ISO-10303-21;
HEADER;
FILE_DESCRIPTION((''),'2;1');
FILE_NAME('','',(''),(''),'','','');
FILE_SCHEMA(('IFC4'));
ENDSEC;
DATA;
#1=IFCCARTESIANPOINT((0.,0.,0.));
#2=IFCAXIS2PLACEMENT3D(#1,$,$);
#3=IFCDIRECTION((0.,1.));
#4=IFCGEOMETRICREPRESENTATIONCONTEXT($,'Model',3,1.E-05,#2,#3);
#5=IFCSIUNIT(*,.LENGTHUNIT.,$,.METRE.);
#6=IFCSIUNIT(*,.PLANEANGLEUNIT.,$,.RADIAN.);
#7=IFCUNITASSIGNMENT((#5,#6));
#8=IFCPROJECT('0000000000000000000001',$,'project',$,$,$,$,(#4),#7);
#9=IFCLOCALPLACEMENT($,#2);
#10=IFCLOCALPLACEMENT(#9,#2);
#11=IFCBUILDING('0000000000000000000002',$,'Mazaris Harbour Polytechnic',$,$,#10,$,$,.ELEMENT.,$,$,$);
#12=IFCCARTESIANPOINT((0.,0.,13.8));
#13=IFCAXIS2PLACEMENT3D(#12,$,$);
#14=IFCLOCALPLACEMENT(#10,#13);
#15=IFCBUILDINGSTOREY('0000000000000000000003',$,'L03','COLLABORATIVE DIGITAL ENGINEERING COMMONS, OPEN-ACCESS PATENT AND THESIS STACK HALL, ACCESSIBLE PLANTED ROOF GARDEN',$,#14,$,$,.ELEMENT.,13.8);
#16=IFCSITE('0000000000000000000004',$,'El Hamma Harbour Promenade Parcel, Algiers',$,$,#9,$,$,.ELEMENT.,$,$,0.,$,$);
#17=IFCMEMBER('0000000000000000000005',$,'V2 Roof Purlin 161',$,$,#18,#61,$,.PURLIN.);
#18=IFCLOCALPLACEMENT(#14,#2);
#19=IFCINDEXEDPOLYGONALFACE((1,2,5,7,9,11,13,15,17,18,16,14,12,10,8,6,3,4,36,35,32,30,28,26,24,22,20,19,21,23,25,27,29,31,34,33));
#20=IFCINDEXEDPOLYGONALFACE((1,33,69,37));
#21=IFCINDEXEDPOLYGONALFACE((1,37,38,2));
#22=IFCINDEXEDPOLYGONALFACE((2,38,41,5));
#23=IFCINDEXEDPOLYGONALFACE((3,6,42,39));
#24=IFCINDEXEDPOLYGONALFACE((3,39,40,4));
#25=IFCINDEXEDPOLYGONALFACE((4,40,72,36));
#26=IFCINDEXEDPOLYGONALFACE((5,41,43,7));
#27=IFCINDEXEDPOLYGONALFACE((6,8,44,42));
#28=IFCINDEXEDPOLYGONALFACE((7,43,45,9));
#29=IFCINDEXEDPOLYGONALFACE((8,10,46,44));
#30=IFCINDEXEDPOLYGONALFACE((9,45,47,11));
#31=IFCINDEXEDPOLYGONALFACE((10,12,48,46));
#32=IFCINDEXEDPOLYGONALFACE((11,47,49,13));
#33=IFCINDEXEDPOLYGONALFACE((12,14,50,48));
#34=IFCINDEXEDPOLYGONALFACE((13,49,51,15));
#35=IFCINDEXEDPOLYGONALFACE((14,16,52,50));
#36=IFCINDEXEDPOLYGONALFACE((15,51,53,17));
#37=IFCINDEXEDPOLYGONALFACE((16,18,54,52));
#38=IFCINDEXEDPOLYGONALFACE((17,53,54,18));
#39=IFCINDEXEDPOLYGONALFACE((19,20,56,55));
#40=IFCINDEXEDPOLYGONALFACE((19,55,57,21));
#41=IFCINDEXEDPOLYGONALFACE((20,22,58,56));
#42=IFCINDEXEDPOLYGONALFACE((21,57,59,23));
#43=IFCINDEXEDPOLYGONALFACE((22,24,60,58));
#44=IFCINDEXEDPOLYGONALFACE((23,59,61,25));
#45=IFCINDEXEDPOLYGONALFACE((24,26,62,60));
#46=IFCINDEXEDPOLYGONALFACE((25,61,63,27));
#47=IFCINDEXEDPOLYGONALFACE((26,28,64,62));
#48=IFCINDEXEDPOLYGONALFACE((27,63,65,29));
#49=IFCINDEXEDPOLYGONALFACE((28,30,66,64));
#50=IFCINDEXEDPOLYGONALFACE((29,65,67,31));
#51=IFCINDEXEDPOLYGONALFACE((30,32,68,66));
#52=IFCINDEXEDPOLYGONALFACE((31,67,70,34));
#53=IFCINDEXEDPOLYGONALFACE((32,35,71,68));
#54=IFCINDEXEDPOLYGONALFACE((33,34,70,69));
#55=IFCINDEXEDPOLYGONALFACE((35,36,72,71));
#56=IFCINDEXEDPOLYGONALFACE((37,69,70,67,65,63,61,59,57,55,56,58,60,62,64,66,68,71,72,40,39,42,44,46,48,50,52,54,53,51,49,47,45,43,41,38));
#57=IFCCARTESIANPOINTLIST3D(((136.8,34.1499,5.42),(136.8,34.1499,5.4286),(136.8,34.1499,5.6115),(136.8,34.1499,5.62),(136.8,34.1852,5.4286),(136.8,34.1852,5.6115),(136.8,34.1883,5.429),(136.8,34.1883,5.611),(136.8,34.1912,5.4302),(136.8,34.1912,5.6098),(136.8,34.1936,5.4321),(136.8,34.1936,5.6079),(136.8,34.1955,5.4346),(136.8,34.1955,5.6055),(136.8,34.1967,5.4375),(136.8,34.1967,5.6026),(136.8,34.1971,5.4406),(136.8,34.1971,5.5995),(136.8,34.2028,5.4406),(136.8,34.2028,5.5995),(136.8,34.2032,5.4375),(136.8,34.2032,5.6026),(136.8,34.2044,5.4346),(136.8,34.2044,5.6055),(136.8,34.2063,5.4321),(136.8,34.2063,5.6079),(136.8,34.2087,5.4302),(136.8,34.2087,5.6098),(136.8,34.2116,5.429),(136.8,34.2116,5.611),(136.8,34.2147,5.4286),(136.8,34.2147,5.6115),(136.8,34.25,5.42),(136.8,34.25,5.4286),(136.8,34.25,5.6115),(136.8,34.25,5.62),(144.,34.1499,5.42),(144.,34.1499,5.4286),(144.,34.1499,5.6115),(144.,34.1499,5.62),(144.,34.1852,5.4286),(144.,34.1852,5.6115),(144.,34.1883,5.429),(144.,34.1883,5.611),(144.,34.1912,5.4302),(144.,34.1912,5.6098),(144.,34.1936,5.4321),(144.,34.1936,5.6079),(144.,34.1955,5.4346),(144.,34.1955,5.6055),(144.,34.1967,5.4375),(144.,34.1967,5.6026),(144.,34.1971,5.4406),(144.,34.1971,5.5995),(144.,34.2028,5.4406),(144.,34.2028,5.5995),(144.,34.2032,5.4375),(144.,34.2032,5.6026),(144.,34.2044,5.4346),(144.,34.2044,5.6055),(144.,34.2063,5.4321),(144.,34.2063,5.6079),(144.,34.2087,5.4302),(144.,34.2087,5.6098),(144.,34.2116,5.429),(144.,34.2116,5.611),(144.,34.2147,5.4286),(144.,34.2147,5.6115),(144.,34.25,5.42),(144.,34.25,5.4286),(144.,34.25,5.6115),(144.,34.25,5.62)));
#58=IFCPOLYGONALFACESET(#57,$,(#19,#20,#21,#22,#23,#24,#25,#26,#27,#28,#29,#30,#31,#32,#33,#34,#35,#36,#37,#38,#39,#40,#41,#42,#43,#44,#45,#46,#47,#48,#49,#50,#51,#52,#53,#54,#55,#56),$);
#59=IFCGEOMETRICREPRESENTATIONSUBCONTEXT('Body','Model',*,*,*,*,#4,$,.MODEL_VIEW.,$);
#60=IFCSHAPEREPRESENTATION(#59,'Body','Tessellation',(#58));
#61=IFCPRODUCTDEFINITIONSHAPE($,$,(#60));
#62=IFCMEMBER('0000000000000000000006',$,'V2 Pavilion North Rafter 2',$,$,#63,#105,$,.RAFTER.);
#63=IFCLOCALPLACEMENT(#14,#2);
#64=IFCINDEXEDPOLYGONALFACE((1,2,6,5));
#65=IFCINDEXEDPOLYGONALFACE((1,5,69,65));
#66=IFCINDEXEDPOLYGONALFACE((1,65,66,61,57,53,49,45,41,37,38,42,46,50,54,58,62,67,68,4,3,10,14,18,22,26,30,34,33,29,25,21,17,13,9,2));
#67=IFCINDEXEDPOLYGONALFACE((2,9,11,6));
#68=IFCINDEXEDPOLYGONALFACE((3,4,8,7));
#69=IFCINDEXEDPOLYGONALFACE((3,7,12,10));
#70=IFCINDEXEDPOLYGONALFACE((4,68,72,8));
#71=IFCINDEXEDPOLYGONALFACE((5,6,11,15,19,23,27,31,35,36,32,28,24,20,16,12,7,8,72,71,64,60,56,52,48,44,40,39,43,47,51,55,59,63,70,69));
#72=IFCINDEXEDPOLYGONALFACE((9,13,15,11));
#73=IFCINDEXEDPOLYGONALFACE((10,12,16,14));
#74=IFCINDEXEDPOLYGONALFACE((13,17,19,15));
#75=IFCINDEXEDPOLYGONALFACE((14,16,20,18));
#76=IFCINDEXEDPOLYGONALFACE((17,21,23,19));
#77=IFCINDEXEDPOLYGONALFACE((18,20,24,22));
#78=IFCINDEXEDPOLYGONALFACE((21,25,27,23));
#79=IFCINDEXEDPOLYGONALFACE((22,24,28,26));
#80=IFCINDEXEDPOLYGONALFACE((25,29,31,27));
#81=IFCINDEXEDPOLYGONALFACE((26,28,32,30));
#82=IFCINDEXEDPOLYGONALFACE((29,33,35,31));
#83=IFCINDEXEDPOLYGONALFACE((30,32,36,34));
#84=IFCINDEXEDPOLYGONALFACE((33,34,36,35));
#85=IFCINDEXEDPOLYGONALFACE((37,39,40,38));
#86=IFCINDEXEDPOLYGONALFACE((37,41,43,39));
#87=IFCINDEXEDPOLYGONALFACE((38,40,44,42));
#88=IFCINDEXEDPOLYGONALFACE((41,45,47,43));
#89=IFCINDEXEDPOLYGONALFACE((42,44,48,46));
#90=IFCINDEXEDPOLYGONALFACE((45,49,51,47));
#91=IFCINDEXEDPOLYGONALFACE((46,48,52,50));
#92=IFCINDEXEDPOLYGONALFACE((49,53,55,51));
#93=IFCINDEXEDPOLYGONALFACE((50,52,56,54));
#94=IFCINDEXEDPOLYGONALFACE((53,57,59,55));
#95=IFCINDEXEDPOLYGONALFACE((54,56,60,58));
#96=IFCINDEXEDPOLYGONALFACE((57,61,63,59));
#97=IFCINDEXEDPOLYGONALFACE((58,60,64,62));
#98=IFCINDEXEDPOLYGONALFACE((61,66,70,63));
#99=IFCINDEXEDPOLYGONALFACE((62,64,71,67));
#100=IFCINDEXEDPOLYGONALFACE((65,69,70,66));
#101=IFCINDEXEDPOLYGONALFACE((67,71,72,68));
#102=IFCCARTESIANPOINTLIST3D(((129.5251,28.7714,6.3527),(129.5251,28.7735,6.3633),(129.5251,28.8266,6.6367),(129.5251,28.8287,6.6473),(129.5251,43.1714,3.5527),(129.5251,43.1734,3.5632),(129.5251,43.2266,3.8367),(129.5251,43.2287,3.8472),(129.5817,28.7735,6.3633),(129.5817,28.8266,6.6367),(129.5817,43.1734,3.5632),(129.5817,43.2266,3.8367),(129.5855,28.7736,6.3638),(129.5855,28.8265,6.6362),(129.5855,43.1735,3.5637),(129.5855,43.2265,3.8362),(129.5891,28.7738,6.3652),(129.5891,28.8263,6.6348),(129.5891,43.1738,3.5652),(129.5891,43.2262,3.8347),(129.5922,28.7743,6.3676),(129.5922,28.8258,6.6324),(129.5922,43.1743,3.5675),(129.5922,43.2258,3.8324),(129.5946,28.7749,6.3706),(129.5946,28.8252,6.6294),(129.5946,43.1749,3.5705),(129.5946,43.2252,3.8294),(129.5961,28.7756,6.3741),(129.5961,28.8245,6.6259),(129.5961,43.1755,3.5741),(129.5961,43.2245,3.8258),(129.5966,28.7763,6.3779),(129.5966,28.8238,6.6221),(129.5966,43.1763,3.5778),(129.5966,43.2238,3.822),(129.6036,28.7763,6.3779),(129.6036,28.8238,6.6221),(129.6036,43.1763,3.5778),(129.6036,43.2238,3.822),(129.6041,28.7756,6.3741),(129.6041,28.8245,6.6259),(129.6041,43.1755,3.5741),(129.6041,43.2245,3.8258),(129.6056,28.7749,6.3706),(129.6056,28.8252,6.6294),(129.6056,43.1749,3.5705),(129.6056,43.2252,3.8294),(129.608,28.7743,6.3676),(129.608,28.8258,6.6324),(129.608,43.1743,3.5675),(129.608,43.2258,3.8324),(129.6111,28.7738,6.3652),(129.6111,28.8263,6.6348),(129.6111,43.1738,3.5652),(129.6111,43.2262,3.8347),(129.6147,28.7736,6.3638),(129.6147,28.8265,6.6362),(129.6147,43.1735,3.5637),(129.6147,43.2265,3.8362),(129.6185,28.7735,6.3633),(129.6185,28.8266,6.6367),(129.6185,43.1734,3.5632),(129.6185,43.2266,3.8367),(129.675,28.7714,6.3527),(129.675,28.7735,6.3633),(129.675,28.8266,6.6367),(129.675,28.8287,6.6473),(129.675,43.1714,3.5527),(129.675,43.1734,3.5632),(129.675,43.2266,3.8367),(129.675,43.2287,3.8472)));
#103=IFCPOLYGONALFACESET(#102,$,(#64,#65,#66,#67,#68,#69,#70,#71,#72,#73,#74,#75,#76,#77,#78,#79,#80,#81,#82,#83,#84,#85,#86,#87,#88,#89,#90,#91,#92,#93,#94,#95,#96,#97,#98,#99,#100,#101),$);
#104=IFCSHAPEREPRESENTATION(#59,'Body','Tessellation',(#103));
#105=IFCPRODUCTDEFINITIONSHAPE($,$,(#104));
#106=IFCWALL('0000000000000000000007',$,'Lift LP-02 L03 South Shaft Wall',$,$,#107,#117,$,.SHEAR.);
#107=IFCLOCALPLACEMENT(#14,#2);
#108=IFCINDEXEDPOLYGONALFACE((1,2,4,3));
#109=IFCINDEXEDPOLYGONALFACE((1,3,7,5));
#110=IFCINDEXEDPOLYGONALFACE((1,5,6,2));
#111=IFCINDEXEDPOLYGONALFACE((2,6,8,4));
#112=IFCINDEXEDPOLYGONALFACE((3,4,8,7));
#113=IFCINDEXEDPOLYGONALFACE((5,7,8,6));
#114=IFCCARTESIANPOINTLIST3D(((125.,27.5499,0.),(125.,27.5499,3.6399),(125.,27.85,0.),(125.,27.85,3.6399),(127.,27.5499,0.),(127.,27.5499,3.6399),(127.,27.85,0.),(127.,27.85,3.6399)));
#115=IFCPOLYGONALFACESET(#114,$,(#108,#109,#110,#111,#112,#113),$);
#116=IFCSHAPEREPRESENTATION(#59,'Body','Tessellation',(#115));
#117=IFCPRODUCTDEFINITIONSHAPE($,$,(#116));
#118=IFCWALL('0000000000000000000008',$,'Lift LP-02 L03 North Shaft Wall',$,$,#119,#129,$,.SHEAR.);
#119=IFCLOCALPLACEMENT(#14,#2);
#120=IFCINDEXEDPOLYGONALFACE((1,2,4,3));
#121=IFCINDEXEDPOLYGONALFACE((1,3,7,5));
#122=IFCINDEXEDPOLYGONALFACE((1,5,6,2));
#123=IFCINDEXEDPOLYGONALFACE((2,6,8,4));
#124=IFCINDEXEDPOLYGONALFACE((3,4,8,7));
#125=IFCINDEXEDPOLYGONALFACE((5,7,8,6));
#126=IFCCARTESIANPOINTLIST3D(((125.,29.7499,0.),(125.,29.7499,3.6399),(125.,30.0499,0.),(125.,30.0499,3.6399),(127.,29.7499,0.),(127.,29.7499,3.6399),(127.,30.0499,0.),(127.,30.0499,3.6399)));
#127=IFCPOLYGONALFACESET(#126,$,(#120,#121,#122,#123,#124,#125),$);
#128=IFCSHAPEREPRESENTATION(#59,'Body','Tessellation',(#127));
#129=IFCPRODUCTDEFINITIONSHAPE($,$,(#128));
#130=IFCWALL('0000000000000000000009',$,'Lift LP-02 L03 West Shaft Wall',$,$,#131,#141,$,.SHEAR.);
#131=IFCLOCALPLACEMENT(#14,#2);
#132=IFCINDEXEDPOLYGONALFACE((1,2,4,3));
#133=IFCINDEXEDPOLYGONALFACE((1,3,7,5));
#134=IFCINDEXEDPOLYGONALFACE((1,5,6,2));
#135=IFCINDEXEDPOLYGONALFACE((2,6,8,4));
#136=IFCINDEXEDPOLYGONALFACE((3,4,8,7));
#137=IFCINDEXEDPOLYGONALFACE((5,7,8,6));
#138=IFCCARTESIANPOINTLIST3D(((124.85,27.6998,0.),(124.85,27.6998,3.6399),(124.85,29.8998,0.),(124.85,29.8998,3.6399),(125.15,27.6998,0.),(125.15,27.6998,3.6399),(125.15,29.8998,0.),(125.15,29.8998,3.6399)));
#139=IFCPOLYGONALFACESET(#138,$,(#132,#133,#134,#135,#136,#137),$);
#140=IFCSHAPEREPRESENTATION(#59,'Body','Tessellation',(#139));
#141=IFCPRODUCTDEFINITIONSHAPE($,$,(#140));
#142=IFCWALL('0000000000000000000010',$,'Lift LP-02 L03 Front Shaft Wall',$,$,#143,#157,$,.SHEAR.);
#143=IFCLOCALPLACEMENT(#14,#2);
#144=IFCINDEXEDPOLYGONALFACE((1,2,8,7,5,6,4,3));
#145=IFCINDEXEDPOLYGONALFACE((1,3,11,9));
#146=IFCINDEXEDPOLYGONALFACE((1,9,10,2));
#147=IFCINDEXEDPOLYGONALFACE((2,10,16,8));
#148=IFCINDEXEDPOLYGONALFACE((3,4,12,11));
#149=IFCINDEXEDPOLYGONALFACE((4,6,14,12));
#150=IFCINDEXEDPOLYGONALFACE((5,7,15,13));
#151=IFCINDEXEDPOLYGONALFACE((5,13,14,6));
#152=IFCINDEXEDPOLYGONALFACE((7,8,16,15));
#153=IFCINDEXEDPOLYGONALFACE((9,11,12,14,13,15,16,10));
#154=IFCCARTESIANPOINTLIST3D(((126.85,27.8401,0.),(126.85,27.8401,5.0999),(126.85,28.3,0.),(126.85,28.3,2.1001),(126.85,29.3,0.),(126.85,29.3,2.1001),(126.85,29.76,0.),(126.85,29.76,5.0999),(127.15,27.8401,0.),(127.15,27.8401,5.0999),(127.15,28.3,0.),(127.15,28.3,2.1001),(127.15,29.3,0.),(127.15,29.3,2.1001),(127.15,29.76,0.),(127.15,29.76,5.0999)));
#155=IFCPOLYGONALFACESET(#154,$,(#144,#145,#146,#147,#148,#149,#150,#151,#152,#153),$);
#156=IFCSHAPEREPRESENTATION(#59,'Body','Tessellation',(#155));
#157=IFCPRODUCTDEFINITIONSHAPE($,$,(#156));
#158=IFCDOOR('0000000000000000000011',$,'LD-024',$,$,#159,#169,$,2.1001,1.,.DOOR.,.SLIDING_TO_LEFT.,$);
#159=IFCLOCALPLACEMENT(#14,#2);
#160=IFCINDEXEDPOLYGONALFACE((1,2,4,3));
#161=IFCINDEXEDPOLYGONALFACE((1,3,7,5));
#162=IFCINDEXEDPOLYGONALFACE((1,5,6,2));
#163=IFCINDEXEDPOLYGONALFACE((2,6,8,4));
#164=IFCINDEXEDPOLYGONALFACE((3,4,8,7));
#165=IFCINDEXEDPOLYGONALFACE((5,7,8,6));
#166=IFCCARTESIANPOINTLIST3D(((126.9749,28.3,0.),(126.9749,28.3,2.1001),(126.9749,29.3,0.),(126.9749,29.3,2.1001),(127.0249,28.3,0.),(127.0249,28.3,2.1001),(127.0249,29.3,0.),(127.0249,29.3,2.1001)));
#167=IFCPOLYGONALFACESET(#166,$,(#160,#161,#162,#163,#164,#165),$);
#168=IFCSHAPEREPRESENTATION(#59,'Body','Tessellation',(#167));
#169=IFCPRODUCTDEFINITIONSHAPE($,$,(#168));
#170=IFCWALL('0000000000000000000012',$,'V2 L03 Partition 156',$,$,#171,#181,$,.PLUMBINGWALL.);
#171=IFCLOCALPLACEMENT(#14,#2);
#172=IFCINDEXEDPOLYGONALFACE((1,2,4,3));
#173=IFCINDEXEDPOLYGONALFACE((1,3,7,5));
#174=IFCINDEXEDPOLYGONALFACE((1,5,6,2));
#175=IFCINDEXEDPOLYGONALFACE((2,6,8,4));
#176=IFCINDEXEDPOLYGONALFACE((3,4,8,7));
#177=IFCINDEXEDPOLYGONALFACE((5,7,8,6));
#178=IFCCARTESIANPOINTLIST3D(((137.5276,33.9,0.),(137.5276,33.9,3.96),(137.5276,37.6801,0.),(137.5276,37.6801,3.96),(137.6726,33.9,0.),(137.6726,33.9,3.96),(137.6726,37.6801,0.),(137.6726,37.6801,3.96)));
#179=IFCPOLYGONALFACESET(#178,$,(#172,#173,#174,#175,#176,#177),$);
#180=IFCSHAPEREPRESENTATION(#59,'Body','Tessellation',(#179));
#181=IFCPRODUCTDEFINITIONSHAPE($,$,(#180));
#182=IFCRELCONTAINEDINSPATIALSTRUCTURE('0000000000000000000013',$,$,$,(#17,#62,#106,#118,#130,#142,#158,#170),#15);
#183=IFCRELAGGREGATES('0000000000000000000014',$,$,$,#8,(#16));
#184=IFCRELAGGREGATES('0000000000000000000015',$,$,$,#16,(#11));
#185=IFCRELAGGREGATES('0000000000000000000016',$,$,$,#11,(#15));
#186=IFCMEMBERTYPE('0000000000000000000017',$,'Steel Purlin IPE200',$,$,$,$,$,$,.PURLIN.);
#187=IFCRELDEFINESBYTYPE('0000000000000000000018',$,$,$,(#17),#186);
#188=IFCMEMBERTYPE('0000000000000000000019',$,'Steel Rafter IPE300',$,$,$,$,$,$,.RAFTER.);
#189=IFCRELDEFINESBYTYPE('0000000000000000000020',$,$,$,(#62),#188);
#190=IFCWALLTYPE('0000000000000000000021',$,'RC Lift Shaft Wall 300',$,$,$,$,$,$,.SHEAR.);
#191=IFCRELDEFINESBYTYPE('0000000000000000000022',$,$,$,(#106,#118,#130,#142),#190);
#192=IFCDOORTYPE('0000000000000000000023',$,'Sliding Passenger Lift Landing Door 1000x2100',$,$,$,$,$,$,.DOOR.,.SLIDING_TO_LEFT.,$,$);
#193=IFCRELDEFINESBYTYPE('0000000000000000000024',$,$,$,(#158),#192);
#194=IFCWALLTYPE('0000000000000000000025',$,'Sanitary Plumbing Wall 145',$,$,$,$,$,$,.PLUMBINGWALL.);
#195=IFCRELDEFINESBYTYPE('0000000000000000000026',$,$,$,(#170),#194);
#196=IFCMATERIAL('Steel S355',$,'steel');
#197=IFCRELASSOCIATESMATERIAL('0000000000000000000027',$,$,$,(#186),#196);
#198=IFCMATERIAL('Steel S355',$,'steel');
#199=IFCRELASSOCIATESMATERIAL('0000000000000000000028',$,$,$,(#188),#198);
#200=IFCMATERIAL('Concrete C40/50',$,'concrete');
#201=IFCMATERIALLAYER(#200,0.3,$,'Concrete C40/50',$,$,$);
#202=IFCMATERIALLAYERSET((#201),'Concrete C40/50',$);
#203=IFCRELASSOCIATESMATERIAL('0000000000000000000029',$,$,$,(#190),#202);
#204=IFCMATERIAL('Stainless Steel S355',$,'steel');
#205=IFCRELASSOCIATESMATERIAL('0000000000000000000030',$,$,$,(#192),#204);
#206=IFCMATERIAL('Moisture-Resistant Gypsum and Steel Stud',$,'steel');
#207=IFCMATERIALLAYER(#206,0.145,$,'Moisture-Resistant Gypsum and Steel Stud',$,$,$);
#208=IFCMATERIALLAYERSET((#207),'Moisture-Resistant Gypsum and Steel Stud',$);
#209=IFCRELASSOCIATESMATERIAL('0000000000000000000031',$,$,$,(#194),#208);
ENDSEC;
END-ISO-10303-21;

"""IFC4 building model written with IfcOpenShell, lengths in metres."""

from ifc_helpers import new_model, si_unit, direction, frame, frame_2d, origin, origin_2d, place, context, subcontext, project, spatial, rectangle, i_section, extrude, material, layer, layer_set, material_profile, profile_set, type_object, element, fill, save


model = new_model("IFC4")

# Units and contexts
model_context = context("Model", 3, precision=1e-05, world=origin(), true_north=direction((0.0, 1.0)))
body_context = subcontext(model_context, "Body", "Model", "MODEL_VIEW")
ifc_project = project(units=[si_unit("LENGTHUNIT", "METRE"), si_unit("PLANEANGLEUNIT", "RADIAN")], contexts=[model_context])

# Site, building, storey
site_placement = place(None, origin())
site = spatial("IfcSite", under=ifc_project, at=site_placement, Name="El Hamma Harbour Promenade Parcel, Algiers", CompositionType="ELEMENT", RefElevation=0.0)
building_placement = place(site_placement, origin())
building = spatial("IfcBuilding", under=site, at=building_placement, Name="Mazaris Harbour Polytechnic", CompositionType="ELEMENT")
storey_placement = place(building_placement, frame((0.0, 0.0, 13.8)))
storey = spatial("IfcBuildingStorey", under=building, at=storey_placement, Name="L03", Description="COLLABORATIVE DIGITAL ENGINEERING COMMONS, OPEN-ACCESS PATENT AND THESIS STACK HALL, ACCESSIBLE PLANTED ROOF GARDEN", CompositionType="ELEMENT", Elevation=13.8)

# Members
ifc_material_1 = material(Name="Steel S355", Category="steel")
ifc_material_profile_1 = material_profile(ifc_material_1, i_section(OverallWidth=0.1001, OverallDepth=0.2, WebThickness=0.0056, FlangeThickness=0.0085, FilletRadius=0.012, at=origin_2d()), Name="IPE 200")
ifc_profile_set_1 = profile_set([ifc_material_profile_1], Name="Steel S355")
member_type_1 = type_object("IfcMemberType", Name="Steel Purlin IPE200", PredefinedType="PURLIN", material=ifc_profile_set_1)
for number, where, z_axis, x_axis, name in (
    (1, (136.8, 34.2, 5.52), (1.0, 0.0, 0.0), (0.0, 1.0, 0.0), "V2 Roof Purlin 161"),
):
    element("IfcMember", number, at=place(storey_placement, frame(where, z_axis=z_axis, x_axis=x_axis)), inside=storey, type_object=member_type_1, Name=name, PredefinedType="PURLIN", context=body_context, shape_type="SweptSolid", body=[
        extrude(i_section(OverallWidth=0.1001, OverallDepth=0.2, WebThickness=0.0056, FlangeThickness=0.0085, FilletRadius=0.012, at=origin_2d()), origin(), (0.0, 0.0, 1.0), 7.2),
    ])
ifc_material_2 = material(Name="Steel S355", Category="steel")
ifc_material_profile_2 = material_profile(ifc_material_2, i_section(OverallWidth=0.1499, OverallDepth=0.3, WebThickness=0.0071, FlangeThickness=0.0107, FilletRadius=0.0149, at=origin_2d()), Name="IPE 300")
ifc_profile_set_2 = profile_set([ifc_material_profile_2], Name="Steel S355")
member_type_2 = type_object("IfcMemberType", Name="Steel Rafter IPE300", PredefinedType="RAFTER", material=ifc_profile_set_2)
member_1_placement = place(storey_placement, frame((129.6001, 28.8, 6.5), z_axis=(0.0, 0.981615, -0.190874), x_axis=(-1.0, 0.0, 0.0)))
element("IfcMember", 2, at=member_1_placement, inside=storey, type_object=member_type_2, Name="V2 Pavilion North Rafter 2", PredefinedType="RAFTER", context=body_context, shape_type="SweptSolid", body=[
    extrude(i_section(OverallWidth=0.1499, OverallDepth=0.3, WebThickness=0.0071, FlangeThickness=0.0107, FilletRadius=0.0149, at=origin_2d()), origin(), (0.0, 0.0, 1.0), 14.6697),
])

# Walls
ifc_material_3 = material(Name="Concrete C40/50", Category="concrete")
ifc_layer_1 = layer(ifc_material_3, 0.3, Name="Concrete C40/50")
ifc_layer_set_1 = layer_set([ifc_layer_1], Name="Concrete C40/50")
wall_type_1 = type_object("IfcWallType", Name="RC Lift Shaft Wall 300", PredefinedType="SHEAR", material=ifc_layer_set_1)
for number, where, z_axis, x_axis, name in (
    (3, (125.0, 27.7, 0.0), (0.0, 0.0, 1.0), (1.0, 0.0, 0.0), "Lift LP-02 L03 South Shaft Wall"),
    (4, (127.0, 29.8999, 0.0), (0.0, 0.0, 1.0), (-1.0, 0.0, 0.0), "Lift LP-02 L03 North Shaft Wall"),
):
    element("IfcWall", number, at=place(storey_placement, frame(where, z_axis=z_axis, x_axis=x_axis)), inside=storey, type_object=wall_type_1, Name=name, PredefinedType="SHEAR", context=body_context, shape_type="SweptSolid", body=[
        extrude(rectangle(XDim=2.0, YDim=0.3, at=frame_2d((1.0, 0.0))), origin(), (0.0, 0.0, 1.0), 3.6399),
    ])
wall_1_placement = place(storey_placement, frame((125.0, 29.8999, 0.0), z_axis=(0.0, 0.0, 1.0), x_axis=(0.0, -1.0, 0.0)))
element("IfcWall", 5, at=wall_1_placement, inside=storey, type_object=wall_type_1, Name="Lift LP-02 L03 West Shaft Wall", PredefinedType="SHEAR", context=body_context, shape_type="SweptSolid", body=[
    extrude(rectangle(XDim=2.2, YDim=0.3, at=frame_2d((1.1001, 0.0))), origin(), (0.0, 0.0, 1.0), 3.6399),
])

# Wall, opening, door
wall_2_placement = place(storey_placement, frame((127.0, 29.76, 0.0), z_axis=(0.0, 0.0, 1.0), x_axis=(0.0, -1.0, 0.0)))
wall_2 = element("IfcWall", 6, at=wall_2_placement, inside=storey, type_object=wall_type_1, Name="Lift LP-02 L03 Front Shaft Wall", PredefinedType="SHEAR", context=body_context, shape_type="SweptSolid", body=[
    extrude(rectangle(XDim=1.9199, YDim=0.3, at=frame_2d((0.96, 0.0))), origin(), (0.0, 0.0, 1.0), 5.0999),
])
opening_placement = place(wall_2_placement, frame((0.46, 0.0, 0.0)))
opening = element("IfcOpeningElement", 7, at=opening_placement, cuts=wall_2, PredefinedType="OPENING", context=body_context, shape_type="SweptSolid", body=[
    extrude(rectangle(XDim=1.0, YDim=2.1001, at=frame_2d((0.5, 1.05))), frame((0.0, 0.1599, 0.0), z_axis=(0.0, -1.0, 0.0), x_axis=(1.0, 0.0, 0.0)), (0.0, 0.0, 1.0), 0.3201),
])
ifc_material_4 = material(Name="Stainless Steel S355", Category="steel")
door_type = type_object("IfcDoorType", Name="Sliding Passenger Lift Landing Door 1000x2100", OperationType="SLIDING_TO_LEFT", PredefinedType="DOOR", material=ifc_material_4)
door_placement = place(opening_placement, origin())
door = element("IfcDoor", 8, at=door_placement, inside=storey, type_object=door_type, Name="LD-024", OperationType="SLIDING_TO_LEFT", OverallHeight=2.1001, OverallWidth=1.0, PredefinedType="DOOR", context=body_context, shape_type="SweptSolid", body=[
    extrude(rectangle(XDim=1.0, YDim=2.1001, at=frame_2d((0.5, 1.05))), frame((0.0, 0.0249, 0.0), z_axis=(0.0, -1.0, 0.0), x_axis=(1.0, 0.0, 0.0)), (0.0, 0.0, 1.0), 0.05),
])
fill(opening, door)

# Wall
ifc_material_5 = material(Name="Moisture-Resistant Gypsum and Steel Stud", Category="steel")
ifc_layer_2 = layer(ifc_material_5, 0.145, Name="Moisture-Resistant Gypsum and Steel Stud")
ifc_layer_set_2 = layer_set([ifc_layer_2], Name="Moisture-Resistant Gypsum and Steel Stud")
wall_type_2 = type_object("IfcWallType", Name="Sanitary Plumbing Wall 145", PredefinedType="PLUMBINGWALL", material=ifc_layer_set_2)
wall_3_placement = place(storey_placement, frame((137.6001, 33.8999, 0.0), z_axis=(0.0, 0.0, 1.0), x_axis=(0.0, 1.0, 0.0)))
element("IfcWall", 9, at=wall_3_placement, inside=storey, type_object=wall_type_2, Name="V2 L03 Partition 156", PredefinedType="PLUMBINGWALL", context=body_context, shape_type="SweptSolid", body=[
    extrude(rectangle(XDim=3.78, YDim=0.145, at=frame_2d((1.8901, 0.0))), origin(), (0.0, 0.0, 1.0), 3.96),
])

save(model, "model.ifc")
